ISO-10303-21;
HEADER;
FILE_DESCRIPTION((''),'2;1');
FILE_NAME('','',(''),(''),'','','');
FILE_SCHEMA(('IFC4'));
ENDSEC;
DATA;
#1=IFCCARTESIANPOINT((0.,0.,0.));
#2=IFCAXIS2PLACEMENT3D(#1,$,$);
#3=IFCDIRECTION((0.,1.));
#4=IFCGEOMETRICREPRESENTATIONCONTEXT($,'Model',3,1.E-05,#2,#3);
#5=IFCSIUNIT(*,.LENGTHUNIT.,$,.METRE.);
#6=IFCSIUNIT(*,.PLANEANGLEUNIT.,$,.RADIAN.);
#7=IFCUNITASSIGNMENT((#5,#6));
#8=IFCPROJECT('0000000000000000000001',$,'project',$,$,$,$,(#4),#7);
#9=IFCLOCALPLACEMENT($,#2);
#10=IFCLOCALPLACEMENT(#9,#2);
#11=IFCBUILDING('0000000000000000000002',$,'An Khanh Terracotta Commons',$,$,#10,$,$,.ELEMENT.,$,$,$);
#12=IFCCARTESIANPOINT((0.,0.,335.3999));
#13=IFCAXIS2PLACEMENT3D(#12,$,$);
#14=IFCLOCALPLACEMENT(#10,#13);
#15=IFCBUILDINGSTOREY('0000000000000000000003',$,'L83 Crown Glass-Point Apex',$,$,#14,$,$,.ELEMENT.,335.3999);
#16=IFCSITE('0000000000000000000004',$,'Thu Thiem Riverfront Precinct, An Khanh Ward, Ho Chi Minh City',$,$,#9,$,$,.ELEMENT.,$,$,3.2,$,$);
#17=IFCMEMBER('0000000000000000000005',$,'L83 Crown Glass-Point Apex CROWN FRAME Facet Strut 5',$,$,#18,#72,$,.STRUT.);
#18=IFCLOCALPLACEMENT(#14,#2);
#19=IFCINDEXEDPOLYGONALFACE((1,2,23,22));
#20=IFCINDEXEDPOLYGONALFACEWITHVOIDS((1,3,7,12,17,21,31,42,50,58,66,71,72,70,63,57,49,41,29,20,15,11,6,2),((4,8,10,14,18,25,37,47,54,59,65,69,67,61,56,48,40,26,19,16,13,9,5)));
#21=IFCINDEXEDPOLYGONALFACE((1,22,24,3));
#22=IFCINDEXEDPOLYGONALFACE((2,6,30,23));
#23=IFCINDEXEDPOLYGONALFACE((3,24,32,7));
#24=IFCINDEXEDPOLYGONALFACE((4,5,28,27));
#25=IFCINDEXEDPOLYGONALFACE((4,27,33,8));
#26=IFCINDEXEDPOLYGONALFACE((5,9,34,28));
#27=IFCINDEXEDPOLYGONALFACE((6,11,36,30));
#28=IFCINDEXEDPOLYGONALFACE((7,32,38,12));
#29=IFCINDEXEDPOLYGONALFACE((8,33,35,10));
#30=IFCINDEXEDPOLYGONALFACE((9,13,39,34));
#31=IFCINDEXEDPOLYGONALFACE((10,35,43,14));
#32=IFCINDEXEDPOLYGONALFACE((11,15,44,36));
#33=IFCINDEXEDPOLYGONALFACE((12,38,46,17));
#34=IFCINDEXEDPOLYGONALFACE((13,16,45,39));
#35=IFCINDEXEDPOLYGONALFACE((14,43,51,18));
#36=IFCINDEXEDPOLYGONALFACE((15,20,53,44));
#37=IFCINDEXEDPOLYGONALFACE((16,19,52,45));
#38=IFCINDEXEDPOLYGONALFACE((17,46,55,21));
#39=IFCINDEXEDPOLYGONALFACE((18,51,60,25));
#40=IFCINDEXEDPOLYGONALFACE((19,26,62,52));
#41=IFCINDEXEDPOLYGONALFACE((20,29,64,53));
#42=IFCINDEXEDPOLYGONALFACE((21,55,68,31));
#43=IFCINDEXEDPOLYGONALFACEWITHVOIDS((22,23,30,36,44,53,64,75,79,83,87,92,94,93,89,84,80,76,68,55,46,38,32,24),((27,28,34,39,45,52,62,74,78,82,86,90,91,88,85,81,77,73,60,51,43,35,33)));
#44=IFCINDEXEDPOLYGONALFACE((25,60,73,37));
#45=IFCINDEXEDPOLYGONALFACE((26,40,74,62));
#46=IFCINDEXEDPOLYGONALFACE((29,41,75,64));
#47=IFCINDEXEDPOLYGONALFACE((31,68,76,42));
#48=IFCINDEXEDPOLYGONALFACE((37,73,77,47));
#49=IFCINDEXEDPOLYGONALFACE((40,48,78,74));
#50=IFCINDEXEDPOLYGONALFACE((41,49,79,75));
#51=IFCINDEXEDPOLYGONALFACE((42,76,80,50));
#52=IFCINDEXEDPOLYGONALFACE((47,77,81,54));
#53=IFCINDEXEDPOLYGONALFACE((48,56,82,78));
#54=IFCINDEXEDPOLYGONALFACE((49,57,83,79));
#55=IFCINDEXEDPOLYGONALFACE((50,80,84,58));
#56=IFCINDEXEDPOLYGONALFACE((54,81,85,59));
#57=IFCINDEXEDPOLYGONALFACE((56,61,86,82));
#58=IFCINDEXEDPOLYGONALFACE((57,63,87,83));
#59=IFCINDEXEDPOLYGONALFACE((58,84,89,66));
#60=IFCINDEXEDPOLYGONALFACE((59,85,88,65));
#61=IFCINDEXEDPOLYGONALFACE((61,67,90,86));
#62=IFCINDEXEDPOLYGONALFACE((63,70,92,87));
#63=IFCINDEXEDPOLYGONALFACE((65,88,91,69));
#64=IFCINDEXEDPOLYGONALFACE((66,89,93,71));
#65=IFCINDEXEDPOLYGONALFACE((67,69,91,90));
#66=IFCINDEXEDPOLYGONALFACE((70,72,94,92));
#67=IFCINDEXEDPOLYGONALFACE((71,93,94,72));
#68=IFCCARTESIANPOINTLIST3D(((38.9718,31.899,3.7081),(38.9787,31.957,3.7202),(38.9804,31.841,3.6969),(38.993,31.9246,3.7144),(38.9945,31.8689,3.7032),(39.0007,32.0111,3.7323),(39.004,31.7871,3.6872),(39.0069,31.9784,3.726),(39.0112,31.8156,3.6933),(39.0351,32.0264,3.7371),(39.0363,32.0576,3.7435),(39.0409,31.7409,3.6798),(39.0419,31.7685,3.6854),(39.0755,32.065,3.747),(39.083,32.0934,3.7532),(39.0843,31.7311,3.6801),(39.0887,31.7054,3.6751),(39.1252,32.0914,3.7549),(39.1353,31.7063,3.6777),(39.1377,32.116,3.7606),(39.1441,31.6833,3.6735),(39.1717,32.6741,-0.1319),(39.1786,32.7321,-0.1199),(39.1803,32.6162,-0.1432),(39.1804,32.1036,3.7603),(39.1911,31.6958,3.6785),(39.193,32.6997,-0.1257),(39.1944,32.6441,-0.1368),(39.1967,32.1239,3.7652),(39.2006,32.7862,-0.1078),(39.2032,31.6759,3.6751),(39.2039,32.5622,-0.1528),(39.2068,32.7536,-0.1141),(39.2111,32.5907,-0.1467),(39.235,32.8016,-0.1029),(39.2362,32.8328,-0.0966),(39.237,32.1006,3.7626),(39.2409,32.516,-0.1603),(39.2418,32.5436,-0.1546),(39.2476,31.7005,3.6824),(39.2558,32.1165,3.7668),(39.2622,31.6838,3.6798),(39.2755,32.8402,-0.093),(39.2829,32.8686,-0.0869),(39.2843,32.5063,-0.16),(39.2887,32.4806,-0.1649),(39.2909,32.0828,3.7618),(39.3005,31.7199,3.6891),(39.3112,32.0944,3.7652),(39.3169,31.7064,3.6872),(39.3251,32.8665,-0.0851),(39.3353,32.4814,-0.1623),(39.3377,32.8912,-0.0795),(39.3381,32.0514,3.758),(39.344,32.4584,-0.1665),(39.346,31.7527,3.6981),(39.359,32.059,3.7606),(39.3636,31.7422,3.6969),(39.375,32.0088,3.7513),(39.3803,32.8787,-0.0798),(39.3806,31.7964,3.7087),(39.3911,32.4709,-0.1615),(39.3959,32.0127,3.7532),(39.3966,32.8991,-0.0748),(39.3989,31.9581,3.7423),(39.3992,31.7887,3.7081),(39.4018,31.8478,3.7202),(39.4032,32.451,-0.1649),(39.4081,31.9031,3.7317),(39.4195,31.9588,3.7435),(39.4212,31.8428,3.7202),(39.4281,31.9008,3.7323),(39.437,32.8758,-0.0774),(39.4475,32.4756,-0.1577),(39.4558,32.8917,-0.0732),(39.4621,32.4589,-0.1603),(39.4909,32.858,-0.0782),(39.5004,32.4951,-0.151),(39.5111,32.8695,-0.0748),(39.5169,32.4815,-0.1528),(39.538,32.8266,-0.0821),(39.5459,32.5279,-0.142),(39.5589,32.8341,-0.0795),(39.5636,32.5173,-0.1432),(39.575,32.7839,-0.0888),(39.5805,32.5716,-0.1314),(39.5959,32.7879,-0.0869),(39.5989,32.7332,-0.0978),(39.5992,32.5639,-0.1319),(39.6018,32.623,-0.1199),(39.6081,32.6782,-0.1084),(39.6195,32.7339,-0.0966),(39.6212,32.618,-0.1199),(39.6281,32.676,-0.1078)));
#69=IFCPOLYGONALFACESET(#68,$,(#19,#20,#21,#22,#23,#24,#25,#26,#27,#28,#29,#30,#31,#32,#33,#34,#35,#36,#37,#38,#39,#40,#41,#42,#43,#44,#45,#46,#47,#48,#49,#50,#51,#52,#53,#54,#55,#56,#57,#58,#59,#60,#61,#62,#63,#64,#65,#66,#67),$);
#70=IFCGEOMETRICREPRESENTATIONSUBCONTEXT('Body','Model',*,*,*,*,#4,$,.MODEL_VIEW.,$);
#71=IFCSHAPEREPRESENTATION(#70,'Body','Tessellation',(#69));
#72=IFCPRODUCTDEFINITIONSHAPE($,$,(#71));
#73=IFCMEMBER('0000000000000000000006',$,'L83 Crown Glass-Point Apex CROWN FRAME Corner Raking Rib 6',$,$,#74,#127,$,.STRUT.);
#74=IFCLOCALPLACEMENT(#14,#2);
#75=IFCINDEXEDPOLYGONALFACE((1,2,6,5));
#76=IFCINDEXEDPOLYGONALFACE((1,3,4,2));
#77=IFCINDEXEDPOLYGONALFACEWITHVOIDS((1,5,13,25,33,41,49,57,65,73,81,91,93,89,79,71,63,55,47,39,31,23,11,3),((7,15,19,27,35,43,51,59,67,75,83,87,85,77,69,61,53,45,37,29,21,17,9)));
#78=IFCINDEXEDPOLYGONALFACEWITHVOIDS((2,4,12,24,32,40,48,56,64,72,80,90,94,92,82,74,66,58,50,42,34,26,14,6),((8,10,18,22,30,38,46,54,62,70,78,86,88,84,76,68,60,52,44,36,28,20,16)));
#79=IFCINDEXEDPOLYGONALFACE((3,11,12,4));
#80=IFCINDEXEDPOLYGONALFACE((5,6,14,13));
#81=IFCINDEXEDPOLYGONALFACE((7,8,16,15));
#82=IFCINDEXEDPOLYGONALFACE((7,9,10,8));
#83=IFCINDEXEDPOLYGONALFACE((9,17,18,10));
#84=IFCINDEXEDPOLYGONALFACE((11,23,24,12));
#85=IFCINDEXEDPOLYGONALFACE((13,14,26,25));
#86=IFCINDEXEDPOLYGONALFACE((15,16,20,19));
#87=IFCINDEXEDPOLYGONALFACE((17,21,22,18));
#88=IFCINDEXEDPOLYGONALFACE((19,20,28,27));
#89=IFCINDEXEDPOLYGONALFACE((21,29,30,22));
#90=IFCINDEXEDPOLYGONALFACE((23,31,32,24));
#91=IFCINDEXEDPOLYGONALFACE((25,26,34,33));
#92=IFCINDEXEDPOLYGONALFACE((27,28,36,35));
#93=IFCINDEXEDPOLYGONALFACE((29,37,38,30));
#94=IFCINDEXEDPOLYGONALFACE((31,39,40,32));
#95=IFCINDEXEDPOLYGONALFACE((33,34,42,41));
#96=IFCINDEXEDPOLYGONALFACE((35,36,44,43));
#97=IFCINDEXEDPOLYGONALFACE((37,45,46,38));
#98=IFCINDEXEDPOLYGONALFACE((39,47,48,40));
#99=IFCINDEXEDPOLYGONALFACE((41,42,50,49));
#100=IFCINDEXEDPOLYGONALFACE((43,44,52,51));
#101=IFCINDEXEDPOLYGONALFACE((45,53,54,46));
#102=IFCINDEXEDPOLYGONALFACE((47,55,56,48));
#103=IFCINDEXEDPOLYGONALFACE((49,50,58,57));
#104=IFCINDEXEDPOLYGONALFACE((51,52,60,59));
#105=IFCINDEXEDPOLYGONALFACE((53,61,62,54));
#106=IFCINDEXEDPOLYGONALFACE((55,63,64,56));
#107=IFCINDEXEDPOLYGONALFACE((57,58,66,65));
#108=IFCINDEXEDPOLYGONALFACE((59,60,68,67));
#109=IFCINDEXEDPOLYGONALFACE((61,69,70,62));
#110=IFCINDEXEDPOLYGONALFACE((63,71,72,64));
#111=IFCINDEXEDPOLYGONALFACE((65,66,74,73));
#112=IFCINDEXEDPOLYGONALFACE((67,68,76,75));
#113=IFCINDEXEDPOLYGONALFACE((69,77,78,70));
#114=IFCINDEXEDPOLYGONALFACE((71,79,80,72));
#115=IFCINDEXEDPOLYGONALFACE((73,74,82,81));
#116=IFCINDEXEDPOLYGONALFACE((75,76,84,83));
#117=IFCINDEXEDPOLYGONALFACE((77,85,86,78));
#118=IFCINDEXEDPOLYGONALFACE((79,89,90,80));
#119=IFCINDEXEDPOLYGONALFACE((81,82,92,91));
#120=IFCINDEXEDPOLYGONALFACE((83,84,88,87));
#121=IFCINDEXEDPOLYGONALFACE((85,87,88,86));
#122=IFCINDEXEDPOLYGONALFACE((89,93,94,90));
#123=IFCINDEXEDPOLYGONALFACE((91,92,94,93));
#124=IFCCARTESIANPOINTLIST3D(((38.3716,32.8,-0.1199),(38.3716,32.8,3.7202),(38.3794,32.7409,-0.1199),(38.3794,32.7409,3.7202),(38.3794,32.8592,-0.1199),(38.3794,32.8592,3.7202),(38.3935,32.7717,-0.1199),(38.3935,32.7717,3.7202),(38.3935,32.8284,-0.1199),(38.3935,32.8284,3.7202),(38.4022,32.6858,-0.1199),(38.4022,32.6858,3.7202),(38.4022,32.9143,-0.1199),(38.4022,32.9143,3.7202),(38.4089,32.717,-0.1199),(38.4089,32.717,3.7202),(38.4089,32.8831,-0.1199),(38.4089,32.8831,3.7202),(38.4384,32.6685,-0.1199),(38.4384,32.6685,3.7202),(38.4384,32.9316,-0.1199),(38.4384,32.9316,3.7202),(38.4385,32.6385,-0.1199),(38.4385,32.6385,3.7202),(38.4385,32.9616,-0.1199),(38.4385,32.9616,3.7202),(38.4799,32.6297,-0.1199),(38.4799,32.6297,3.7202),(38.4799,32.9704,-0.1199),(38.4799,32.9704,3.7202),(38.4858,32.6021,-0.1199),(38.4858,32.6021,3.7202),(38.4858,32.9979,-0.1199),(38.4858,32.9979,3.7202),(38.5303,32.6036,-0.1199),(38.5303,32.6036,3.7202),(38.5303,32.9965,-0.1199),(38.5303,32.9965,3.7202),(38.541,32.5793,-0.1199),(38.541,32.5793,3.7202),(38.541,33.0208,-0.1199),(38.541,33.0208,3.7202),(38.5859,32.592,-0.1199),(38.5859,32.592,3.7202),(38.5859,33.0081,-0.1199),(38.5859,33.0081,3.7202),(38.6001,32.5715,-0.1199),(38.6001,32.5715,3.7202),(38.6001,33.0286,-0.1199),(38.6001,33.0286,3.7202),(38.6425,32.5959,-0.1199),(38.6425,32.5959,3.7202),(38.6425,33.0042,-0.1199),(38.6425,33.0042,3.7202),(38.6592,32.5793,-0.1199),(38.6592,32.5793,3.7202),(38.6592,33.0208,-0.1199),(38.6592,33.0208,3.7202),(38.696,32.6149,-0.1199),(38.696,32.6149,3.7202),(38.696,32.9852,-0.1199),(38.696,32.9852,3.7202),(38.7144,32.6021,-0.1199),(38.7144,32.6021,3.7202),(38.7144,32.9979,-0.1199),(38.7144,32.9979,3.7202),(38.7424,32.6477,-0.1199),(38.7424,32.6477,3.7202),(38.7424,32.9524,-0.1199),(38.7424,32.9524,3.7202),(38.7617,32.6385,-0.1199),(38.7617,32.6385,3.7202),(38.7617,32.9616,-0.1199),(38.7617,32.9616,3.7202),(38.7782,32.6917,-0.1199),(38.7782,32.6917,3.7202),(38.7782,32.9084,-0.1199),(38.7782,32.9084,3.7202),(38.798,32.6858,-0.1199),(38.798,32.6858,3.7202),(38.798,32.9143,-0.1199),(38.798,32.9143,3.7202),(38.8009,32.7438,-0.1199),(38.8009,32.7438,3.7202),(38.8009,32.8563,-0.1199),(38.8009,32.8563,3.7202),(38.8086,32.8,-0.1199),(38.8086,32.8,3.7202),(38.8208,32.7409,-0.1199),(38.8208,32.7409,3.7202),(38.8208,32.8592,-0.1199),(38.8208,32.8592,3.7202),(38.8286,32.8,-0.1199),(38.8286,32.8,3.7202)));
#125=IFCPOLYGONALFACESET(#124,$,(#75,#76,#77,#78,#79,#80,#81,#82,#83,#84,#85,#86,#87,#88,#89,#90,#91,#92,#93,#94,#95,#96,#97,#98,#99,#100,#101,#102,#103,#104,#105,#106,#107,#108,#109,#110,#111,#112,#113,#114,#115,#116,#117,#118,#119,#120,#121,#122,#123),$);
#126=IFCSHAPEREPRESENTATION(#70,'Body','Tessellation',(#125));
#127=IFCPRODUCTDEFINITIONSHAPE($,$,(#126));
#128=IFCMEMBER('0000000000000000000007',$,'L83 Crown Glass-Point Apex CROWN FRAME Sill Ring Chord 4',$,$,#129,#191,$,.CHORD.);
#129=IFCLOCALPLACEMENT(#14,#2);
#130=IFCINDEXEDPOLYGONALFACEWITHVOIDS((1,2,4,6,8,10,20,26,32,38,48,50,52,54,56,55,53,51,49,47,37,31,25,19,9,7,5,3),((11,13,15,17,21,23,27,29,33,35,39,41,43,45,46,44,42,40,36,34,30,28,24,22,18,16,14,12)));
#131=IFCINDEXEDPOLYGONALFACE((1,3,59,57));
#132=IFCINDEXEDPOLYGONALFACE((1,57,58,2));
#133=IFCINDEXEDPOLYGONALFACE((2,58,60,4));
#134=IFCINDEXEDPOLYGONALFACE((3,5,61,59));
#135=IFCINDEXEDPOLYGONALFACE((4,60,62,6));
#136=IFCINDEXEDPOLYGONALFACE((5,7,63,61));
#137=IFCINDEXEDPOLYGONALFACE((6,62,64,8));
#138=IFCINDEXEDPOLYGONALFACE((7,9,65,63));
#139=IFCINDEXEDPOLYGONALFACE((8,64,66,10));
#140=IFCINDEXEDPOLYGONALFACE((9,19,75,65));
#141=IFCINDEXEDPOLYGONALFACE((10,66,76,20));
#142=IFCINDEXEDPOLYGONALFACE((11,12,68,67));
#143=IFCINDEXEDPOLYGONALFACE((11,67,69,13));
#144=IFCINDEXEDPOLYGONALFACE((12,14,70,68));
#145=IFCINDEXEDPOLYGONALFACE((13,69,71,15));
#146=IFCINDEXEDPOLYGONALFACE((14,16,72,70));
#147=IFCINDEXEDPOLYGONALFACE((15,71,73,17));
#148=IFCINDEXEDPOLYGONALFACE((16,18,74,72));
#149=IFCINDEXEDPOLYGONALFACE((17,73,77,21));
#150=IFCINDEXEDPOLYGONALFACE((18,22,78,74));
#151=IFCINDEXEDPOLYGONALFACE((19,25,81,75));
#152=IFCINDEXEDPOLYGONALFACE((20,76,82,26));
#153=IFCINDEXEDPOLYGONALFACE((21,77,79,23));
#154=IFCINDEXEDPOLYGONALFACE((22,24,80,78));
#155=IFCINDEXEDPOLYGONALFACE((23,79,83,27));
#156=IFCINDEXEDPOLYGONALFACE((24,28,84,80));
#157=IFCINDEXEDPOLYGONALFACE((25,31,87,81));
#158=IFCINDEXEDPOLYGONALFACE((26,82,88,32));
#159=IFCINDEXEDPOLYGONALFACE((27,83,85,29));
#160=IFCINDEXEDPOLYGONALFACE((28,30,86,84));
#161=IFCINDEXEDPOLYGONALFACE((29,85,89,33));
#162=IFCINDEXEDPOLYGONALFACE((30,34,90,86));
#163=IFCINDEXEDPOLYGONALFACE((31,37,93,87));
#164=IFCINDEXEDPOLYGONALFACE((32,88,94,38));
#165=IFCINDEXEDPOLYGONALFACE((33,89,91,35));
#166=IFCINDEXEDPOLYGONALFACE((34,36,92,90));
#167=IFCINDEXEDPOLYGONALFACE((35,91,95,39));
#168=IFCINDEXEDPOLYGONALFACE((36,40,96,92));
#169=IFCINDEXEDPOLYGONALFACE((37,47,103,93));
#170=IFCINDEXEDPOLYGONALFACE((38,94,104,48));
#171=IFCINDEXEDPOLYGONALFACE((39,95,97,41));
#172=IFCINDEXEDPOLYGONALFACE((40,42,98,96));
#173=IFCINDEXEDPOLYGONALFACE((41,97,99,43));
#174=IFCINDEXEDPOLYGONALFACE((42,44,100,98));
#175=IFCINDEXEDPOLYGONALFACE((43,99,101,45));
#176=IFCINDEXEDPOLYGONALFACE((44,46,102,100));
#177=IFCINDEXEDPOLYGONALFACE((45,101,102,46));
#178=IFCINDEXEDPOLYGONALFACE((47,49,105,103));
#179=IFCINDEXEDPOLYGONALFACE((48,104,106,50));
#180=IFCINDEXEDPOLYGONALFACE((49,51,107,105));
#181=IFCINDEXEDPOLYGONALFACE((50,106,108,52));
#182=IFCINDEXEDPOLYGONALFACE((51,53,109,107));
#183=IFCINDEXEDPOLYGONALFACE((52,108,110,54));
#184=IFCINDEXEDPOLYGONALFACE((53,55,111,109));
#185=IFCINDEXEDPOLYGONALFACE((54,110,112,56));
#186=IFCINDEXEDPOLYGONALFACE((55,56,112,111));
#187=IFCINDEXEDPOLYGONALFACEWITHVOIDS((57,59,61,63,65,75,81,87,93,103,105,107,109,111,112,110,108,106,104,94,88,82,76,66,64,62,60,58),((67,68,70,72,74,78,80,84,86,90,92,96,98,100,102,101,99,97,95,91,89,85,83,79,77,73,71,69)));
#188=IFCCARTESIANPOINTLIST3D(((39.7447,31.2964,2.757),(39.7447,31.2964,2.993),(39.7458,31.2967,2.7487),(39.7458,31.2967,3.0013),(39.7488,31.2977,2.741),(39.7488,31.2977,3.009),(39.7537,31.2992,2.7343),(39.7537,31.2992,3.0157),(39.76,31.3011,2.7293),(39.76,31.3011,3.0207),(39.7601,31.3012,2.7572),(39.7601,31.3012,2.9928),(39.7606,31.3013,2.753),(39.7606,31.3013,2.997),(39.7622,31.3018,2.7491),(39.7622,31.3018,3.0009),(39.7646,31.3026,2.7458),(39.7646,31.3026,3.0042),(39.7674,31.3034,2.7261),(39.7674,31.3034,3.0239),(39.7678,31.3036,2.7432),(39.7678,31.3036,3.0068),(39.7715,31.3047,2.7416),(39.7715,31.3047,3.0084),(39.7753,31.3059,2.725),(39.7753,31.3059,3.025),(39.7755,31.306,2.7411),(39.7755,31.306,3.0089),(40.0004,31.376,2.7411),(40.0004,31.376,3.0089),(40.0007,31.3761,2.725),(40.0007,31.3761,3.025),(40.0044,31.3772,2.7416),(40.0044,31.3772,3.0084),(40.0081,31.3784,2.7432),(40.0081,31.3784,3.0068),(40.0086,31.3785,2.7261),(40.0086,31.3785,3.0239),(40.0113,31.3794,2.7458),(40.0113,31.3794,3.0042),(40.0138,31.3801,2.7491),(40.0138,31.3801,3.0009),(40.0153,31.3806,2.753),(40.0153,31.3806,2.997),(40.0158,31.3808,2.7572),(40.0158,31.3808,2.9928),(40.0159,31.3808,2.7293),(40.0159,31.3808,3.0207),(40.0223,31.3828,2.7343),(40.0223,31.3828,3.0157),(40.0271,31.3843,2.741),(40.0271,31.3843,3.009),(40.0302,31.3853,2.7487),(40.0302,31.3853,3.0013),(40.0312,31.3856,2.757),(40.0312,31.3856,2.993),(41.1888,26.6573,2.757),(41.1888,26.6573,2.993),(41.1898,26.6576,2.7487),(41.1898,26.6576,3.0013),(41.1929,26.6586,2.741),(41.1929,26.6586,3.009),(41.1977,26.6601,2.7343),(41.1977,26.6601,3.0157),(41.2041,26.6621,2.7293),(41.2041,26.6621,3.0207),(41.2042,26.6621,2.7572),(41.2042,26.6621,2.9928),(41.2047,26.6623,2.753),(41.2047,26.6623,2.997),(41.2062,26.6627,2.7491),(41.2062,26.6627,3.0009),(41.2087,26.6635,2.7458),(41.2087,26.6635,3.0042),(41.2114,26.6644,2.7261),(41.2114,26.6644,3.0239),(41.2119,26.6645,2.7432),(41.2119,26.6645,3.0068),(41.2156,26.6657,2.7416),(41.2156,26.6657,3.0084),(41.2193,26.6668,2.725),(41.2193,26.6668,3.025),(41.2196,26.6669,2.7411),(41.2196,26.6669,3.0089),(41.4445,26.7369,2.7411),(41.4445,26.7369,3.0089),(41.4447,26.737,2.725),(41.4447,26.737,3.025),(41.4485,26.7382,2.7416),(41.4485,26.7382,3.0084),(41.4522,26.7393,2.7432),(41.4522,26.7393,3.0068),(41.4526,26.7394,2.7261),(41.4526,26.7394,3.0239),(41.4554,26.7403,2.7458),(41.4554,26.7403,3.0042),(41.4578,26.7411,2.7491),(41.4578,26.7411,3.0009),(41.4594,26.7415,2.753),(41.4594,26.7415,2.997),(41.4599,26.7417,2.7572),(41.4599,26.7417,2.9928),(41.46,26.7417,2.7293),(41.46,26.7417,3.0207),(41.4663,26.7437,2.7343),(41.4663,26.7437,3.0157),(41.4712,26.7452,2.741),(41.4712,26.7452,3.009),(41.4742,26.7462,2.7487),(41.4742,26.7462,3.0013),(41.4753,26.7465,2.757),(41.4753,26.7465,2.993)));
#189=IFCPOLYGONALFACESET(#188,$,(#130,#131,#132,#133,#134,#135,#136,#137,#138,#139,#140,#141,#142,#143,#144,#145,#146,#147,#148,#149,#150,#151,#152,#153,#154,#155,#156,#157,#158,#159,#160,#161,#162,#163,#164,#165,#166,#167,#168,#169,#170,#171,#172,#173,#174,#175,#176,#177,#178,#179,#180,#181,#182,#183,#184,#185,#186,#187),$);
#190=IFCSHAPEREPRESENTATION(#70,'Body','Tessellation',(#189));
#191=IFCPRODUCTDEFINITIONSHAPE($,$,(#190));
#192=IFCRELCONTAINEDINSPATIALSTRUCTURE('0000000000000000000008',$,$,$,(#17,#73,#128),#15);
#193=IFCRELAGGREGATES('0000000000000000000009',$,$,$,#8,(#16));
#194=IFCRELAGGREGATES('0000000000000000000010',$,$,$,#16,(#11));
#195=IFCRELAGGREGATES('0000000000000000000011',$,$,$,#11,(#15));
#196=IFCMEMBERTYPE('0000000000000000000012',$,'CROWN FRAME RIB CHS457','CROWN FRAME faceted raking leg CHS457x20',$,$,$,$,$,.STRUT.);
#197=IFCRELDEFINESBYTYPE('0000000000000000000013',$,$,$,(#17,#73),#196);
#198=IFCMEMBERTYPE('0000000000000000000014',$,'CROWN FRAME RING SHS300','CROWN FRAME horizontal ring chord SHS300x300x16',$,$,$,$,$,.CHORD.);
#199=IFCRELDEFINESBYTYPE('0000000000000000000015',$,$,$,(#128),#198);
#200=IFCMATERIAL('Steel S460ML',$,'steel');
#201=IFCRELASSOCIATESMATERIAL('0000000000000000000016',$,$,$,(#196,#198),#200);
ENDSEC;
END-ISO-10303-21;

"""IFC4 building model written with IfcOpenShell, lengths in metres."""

from ifc_helpers import new_model, si_unit, direction, frame, origin, origin_2d, place, context, subcontext, project, spatial, hollow_rectangle, hollow_circle, extrude, material, material_profile, profile_set, type_object, element, save


model = new_model("IFC4")

# Units and contexts
model_context = context("Model", 3, precision=1e-05, world=origin(), true_north=direction((0.0, 1.0)))
body_context = subcontext(model_context, "Body", "Model", "MODEL_VIEW")
ifc_project = project(units=[si_unit("LENGTHUNIT", "METRE"), si_unit("PLANEANGLEUNIT", "RADIAN")], contexts=[model_context])

# Site, building, storey
site_placement = place(None, origin())
site = spatial("IfcSite", under=ifc_project, at=site_placement, Name="Thu Thiem Riverfront Precinct, An Khanh Ward, Ho Chi Minh City", CompositionType="ELEMENT", RefElevation=3.2)
building_placement = place(site_placement, origin())
building = spatial("IfcBuilding", under=site, at=building_placement, Name="An Khanh Terracotta Commons", CompositionType="ELEMENT")
storey_placement = place(building_placement, frame((0.0, 0.0, 335.3999)))
storey = spatial("IfcBuildingStorey", under=building, at=storey_placement, Name="L83 Crown Glass-Point Apex", CompositionType="ELEMENT", Elevation=335.3999)

# Members
ifc_material_1 = material(Name="Steel S460ML", Category="steel")
ifc_material_profile_1 = material_profile(ifc_material_1, hollow_circle(Radius=0.2285, WallThickness=0.02, at=origin_2d()), Name="CHS457x20")
ifc_profile_set_1 = profile_set([ifc_material_profile_1], Name="Steel S460ML")
member_type_1 = type_object("IfcMemberType", Name="CROWN FRAME RIB CHS457", Description="CROWN FRAME faceted raking leg CHS457x20", PredefinedType="STRUT", material=ifc_profile_set_1)
member_1_placement = place(storey_placement, frame((39.3999, 32.675, -0.1199), z_axis=(-0.050974, -0.197608, 0.978955), x_axis=(0.968304, -0.249777, 0.0)))
element("IfcMember", 1, at=member_1_placement, inside=storey, type_object=member_type_1, Name="L83 Crown Glass-Point Apex CROWN FRAME Facet Strut 5", PredefinedType="STRUT", context=body_context, shape_type="SweptSolid", body=[
    extrude(hollow_circle(Radius=0.2285, WallThickness=0.02, at=origin_2d()), origin(), (0.0, 0.0, 1.0), 3.9226),
])
member_2_placement = place(storey_placement, frame((38.6001, 32.8, -0.1199), z_axis=(0.0, 0.0, 1.0), x_axis=(1.0, 0.0, 0.0)))
element("IfcMember", 2, at=member_2_placement, inside=storey, type_object=member_type_1, Name="L83 Crown Glass-Point Apex CROWN FRAME Corner Raking Rib 6", PredefinedType="STRUT", context=body_context, shape_type="SweptSolid", body=[
    extrude(hollow_circle(Radius=0.2285, WallThickness=0.02, at=origin_2d()), origin(), (0.0, 0.0, 1.0), 3.8401),
])
ifc_material_profile_2 = material_profile(ifc_material_1, hollow_rectangle(XDim=0.3, YDim=0.3, WallThickness=0.0161, InnerFilletRadius=0.0161, OuterFilletRadius=0.032, at=origin_2d()), Name="SHS300x300x16")
ifc_profile_set_2 = profile_set([ifc_material_profile_2], Name="Steel S460ML")
member_type_2 = type_object("IfcMemberType", Name="CROWN FRAME RING SHS300", Description="CROWN FRAME horizontal ring chord SHS300x300x16", PredefinedType="CHORD", material=ifc_profile_set_2)
member_3_placement = place(storey_placement, frame((41.332, 26.7019, 2.875), z_axis=(-0.297216, 0.95481, 0.0), x_axis=(-0.95481, -0.297216, 0.0)))
element("IfcMember", 3, at=member_3_placement, inside=storey, type_object=member_type_2, Name="L83 Crown Glass-Point Apex CROWN FRAME Sill Ring Chord 4", PredefinedType="CHORD", context=body_context, shape_type="SweptSolid", body=[
    extrude(hollow_rectangle(XDim=0.3, YDim=0.3, WallThickness=0.0161, InnerFilletRadius=0.0161, OuterFilletRadius=0.032, at=origin_2d()), origin(), (0.0, 0.0, 1.0), 4.8586),
])

save(model, "model.ifc")
